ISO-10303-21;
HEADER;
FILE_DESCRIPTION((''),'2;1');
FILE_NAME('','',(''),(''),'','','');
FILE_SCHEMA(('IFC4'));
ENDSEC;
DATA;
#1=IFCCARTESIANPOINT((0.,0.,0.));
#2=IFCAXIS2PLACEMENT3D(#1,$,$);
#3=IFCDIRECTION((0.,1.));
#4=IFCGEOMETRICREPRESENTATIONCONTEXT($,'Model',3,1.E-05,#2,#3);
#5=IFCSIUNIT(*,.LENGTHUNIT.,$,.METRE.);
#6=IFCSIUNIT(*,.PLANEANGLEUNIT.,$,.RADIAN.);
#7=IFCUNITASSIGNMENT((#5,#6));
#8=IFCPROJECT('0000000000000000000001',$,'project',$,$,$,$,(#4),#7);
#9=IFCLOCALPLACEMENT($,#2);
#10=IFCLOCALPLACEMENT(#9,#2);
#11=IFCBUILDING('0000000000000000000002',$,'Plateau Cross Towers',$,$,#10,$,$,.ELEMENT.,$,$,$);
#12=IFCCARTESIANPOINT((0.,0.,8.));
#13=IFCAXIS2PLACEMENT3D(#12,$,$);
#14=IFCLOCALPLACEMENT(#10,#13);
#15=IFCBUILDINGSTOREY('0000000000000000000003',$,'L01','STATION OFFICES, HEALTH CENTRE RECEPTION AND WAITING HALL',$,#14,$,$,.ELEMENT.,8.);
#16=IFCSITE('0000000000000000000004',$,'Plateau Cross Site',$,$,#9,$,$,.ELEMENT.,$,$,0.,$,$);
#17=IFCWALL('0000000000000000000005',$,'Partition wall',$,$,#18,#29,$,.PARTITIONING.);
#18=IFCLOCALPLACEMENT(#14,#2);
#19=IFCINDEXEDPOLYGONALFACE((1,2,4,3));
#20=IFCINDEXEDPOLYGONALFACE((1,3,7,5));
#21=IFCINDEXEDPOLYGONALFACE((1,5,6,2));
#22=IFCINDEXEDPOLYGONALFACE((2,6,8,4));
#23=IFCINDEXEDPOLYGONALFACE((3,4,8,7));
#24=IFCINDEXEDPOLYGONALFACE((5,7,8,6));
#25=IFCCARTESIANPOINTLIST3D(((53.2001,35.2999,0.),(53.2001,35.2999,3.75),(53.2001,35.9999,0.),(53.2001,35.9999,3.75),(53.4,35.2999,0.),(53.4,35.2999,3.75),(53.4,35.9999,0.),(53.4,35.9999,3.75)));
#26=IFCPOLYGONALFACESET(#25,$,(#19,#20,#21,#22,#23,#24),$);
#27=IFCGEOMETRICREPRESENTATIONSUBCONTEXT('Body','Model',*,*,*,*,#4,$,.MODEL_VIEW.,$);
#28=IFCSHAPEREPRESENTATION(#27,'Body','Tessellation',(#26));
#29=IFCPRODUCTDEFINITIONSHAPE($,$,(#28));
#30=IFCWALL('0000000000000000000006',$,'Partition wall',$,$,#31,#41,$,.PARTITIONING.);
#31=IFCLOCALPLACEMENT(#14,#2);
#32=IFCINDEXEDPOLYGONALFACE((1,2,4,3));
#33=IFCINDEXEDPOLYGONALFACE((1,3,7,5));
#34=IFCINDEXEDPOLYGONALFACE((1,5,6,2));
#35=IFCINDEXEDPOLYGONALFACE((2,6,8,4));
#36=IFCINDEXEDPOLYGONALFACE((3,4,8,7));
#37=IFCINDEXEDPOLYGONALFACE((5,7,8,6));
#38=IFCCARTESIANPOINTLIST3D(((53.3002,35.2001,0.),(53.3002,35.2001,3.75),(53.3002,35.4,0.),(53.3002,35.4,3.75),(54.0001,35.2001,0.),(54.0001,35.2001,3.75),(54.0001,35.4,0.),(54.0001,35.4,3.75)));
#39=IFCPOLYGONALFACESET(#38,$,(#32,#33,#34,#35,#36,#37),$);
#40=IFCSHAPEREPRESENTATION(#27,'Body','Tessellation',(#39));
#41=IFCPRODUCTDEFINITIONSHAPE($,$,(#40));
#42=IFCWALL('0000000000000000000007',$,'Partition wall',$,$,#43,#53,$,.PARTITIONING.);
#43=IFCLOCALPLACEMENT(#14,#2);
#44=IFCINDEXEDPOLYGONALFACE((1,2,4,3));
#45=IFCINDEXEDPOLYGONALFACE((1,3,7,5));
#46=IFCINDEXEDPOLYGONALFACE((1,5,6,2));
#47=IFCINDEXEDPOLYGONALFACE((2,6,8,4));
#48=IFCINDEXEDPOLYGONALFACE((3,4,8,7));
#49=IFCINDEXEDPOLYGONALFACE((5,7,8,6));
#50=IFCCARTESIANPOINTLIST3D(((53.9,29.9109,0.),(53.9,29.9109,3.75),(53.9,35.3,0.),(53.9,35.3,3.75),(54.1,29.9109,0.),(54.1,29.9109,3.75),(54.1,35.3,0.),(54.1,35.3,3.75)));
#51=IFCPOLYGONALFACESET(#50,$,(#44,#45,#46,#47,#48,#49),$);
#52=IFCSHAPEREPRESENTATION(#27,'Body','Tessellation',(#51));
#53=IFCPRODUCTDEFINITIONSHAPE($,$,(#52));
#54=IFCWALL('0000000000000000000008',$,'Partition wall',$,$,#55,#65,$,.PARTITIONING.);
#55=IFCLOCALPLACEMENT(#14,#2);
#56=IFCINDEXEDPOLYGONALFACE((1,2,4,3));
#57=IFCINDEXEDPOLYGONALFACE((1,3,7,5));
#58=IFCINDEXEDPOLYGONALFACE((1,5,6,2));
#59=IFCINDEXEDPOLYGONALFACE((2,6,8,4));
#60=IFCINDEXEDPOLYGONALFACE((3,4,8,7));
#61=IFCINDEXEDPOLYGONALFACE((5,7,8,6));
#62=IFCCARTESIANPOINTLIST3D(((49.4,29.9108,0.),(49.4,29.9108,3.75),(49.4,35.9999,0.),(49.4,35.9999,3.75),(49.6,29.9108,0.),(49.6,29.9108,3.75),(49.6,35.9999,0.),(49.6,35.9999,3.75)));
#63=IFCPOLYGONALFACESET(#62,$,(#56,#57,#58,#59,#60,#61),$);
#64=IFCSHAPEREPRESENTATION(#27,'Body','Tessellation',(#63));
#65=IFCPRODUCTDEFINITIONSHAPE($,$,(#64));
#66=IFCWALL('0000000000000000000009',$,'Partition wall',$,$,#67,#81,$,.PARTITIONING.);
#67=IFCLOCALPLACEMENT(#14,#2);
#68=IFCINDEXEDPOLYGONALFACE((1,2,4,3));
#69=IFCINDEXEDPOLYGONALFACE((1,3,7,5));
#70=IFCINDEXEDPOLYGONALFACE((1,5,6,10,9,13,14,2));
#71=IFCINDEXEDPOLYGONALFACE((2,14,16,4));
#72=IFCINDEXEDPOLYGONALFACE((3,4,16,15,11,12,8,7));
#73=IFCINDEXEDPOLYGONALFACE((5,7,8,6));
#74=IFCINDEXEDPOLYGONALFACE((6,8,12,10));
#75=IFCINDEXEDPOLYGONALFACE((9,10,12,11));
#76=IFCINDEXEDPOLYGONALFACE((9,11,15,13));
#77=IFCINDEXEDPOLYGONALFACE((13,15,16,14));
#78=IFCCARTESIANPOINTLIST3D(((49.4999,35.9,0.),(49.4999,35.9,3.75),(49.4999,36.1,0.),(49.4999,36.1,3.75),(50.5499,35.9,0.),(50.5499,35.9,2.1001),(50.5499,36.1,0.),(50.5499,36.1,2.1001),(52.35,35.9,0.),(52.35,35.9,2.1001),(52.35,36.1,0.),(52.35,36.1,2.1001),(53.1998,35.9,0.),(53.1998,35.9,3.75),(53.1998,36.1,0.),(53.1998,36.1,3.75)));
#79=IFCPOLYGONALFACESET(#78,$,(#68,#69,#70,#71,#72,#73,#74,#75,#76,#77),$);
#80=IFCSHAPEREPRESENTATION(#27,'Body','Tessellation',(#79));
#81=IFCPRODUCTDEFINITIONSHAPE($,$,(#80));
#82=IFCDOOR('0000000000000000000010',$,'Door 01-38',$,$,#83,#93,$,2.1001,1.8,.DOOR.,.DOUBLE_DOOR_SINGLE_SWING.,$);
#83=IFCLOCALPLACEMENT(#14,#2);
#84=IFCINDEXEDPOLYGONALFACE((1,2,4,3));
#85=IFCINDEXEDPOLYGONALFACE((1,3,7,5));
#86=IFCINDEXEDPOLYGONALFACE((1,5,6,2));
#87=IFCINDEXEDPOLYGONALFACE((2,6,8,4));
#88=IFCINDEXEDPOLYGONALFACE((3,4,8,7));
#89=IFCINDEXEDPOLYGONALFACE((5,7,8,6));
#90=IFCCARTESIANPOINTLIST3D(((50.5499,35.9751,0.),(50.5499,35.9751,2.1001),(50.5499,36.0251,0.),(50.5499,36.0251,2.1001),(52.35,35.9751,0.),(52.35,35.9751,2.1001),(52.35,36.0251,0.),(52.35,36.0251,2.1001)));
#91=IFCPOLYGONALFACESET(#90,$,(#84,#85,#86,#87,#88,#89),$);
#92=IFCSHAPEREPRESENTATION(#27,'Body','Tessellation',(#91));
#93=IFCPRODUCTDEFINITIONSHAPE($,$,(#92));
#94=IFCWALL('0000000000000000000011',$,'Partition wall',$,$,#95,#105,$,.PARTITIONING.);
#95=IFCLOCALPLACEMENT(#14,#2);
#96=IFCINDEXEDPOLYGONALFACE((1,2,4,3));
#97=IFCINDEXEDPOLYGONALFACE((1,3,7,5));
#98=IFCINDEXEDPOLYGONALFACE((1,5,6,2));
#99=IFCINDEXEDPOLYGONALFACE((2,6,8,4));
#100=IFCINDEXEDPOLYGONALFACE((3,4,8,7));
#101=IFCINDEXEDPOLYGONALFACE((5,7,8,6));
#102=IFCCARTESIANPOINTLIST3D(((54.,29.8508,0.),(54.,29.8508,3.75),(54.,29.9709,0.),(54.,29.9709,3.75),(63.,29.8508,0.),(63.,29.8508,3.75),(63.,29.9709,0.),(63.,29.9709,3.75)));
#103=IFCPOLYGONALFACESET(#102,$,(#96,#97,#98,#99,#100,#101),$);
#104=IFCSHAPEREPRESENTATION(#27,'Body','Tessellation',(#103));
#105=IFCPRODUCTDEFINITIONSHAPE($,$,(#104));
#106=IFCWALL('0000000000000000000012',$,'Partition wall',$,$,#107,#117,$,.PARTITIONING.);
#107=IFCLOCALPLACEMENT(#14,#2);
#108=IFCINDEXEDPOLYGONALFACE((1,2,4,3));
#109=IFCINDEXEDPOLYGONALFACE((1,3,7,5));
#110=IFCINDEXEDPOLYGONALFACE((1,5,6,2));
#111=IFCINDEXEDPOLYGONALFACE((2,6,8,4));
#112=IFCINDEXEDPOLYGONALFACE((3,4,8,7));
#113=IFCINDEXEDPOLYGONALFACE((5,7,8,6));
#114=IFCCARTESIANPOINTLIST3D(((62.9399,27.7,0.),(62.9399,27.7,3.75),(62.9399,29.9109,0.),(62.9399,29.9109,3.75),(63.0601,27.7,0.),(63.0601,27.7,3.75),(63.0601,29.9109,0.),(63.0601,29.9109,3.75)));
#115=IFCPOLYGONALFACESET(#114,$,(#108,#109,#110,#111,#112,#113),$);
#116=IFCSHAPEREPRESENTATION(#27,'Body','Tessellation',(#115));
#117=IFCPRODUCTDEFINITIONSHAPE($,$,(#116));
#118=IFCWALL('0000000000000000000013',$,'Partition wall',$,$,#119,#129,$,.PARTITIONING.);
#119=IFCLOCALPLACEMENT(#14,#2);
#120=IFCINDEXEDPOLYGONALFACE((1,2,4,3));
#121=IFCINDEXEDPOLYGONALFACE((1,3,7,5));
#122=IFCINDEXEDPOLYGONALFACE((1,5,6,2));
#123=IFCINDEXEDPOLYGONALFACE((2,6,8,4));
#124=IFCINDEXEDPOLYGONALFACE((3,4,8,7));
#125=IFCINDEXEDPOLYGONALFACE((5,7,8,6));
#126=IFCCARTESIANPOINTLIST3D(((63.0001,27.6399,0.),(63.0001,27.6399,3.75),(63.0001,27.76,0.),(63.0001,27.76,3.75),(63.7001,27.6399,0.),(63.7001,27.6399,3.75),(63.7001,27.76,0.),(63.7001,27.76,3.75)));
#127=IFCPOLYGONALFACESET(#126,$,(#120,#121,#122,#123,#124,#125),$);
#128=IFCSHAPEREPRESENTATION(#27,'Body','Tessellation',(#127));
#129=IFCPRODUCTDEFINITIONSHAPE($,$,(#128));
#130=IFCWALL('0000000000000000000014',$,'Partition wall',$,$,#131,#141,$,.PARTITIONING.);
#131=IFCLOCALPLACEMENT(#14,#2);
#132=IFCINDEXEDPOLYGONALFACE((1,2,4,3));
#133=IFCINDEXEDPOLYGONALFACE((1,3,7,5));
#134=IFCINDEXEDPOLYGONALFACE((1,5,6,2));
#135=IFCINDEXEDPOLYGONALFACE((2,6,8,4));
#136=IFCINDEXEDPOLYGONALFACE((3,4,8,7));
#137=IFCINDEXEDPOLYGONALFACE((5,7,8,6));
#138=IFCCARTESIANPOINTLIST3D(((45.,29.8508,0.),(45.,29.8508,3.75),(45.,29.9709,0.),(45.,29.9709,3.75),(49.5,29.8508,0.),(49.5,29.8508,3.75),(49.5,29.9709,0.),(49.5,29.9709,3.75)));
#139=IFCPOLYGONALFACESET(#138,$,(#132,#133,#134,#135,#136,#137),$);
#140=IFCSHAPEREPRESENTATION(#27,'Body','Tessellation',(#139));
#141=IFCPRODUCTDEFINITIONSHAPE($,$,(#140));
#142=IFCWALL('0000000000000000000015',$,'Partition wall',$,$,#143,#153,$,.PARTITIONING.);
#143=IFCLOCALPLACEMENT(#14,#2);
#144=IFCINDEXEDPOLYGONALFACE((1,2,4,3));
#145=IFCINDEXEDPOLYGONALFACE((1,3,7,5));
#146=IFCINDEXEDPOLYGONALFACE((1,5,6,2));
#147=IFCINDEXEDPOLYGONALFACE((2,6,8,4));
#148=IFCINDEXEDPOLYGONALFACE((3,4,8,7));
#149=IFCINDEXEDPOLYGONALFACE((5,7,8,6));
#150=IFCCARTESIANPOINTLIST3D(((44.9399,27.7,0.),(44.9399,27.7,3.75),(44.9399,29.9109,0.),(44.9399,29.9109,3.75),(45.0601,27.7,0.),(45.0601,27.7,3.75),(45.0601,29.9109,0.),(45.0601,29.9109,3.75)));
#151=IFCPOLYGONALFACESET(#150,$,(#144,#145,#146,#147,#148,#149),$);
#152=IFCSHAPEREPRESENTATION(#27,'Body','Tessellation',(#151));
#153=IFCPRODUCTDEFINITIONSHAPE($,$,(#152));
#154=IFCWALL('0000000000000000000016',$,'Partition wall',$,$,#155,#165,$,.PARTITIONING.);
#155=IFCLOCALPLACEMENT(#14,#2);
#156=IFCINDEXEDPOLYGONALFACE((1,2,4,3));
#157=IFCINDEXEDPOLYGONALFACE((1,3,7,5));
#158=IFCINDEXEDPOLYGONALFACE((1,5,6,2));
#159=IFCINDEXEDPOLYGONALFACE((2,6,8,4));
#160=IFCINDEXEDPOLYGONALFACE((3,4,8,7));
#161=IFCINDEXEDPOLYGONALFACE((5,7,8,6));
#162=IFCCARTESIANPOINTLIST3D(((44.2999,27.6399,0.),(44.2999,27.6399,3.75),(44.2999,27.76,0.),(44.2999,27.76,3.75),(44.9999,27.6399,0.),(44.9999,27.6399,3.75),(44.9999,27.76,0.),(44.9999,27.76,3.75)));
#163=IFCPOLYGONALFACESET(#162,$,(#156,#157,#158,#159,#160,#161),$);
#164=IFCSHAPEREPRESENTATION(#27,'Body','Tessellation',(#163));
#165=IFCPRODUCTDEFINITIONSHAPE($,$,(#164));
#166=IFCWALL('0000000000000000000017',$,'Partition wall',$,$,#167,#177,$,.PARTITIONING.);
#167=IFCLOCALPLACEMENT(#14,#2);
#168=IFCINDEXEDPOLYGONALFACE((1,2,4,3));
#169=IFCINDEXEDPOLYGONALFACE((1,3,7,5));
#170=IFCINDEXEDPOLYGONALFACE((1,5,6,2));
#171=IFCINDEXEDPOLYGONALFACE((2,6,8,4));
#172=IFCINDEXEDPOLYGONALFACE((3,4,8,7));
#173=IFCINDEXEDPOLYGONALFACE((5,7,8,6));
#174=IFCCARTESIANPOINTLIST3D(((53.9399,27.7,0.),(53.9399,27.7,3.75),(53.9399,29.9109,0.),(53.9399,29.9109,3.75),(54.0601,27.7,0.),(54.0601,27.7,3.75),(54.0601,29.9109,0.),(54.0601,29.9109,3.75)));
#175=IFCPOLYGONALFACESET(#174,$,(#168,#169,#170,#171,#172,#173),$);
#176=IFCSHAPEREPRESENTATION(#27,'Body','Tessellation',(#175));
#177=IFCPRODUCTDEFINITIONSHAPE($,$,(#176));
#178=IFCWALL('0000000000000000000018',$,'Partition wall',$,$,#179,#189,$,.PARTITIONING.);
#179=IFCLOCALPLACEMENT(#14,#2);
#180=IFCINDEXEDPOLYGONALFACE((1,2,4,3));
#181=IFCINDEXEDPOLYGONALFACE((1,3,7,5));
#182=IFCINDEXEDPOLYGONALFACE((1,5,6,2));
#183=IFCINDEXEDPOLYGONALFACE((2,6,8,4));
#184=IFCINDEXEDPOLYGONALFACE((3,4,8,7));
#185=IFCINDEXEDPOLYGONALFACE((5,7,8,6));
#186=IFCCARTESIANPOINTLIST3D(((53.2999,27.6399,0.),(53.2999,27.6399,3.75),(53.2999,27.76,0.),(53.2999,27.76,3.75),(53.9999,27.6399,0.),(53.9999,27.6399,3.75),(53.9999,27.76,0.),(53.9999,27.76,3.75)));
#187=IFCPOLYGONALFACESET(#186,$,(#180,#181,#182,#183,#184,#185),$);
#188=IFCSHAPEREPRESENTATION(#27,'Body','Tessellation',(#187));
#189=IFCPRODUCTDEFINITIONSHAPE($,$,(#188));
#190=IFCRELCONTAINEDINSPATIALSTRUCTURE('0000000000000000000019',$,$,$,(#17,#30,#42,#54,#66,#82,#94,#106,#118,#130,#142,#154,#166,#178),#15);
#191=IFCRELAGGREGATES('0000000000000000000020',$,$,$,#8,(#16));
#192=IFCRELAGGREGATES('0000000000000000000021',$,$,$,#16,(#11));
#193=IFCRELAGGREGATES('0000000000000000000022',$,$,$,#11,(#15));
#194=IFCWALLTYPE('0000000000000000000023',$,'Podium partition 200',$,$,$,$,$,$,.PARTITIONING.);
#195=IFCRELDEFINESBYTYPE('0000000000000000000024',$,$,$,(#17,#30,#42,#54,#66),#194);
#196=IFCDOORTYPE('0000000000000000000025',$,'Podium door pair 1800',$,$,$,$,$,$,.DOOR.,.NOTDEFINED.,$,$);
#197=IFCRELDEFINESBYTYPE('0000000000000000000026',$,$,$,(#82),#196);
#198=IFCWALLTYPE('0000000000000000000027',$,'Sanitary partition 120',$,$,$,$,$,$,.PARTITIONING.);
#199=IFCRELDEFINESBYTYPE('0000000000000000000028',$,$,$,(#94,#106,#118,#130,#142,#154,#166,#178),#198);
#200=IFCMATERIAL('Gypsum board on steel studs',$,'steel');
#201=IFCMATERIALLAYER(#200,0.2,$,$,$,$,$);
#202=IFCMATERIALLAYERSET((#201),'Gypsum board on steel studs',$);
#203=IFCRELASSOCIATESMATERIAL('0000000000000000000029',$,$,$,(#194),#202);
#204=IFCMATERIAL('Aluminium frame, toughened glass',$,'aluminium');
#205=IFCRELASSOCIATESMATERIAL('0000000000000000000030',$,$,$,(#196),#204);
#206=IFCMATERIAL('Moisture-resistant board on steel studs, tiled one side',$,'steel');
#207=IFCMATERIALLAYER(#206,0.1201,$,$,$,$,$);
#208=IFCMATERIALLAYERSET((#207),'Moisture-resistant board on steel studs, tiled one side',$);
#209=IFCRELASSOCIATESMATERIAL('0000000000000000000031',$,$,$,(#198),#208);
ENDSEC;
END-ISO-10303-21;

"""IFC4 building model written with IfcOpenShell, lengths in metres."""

from ifc_helpers import new_model, si_unit, direction, frame, frame_2d, origin, place, context, subcontext, project, spatial, rectangle, extrude, material, layer, layer_set, type_object, element, fill, save


model = new_model("IFC4")

# Units and contexts
model_context = context("Model", 3, precision=1e-05, world=origin(), true_north=direction((0.0, 1.0)))
body_context = subcontext(model_context, "Body", "Model", "MODEL_VIEW")
ifc_project = project(units=[si_unit("LENGTHUNIT", "METRE"), si_unit("PLANEANGLEUNIT", "RADIAN")], contexts=[model_context])

# Site, building, storey
site_placement = place(None, origin())
site = spatial("IfcSite", under=ifc_project, at=site_placement, Name="Plateau Cross Site", CompositionType="ELEMENT", RefElevation=0.0)
building_placement = place(site_placement, origin())
building = spatial("IfcBuilding", under=site, at=building_placement, Name="Plateau Cross Towers", CompositionType="ELEMENT")
storey_placement = place(building_placement, frame((0.0, 0.0, 8.0)))
storey = spatial("IfcBuildingStorey", under=building, at=storey_placement, Name="L01", Description="STATION OFFICES, HEALTH CENTRE RECEPTION AND WAITING HALL", CompositionType="ELEMENT", Elevation=8.0)

# Walls
ifc_material_1 = material(Name="Gypsum board on steel studs", Category="steel")
ifc_layer_1 = layer(ifc_material_1, 0.2)
ifc_layer_set_1 = layer_set([ifc_layer_1], Name="Gypsum board on steel studs")
wall_type_1 = type_object("IfcWallType", Name="Podium partition 200", PredefinedType="PARTITIONING", material=ifc_layer_set_1)
for number, where, z_axis, x_axis, name in (
    (1, (53.3, 36.0, 0.0), (0.0, 0.0, 1.0), (0.0, -1.0, 0.0), "Partition wall"),
    (2, (53.3, 35.3, 0.0), (0.0, 0.0, 1.0), (1.0, 0.0, 0.0), "Partition wall"),
):
    element("IfcWall", number, at=place(storey_placement, frame(where, z_axis=z_axis, x_axis=x_axis)), inside=storey, type_object=wall_type_1, Name=name, PredefinedType="PARTITIONING", context=body_context, shape_type="SweptSolid", body=[
        extrude(rectangle(XDim=0.7, YDim=0.2, at=frame_2d((0.3501, 0.0))), origin(), (0.0, 0.0, 1.0), 3.75),
    ])
wall_1_placement = place(storey_placement, frame((54.0, 35.3, 0.0), z_axis=(0.0, 0.0, 1.0), x_axis=(0.0, -1.0, 0.0)))
element("IfcWall", 3, at=wall_1_placement, inside=storey, type_object=wall_type_1, Name="Partition wall", PredefinedType="PARTITIONING", context=body_context, shape_type="SweptSolid", body=[
    extrude(rectangle(XDim=5.3892, YDim=0.2, at=frame_2d((2.6946, 0.0))), origin(), (0.0, 0.0, 1.0), 3.75),
])
wall_2_placement = place(storey_placement, frame((49.5, 29.9109, 0.0), z_axis=(0.0, 0.0, 1.0), x_axis=(0.0, 1.0, 0.0)))
element("IfcWall", 4, at=wall_2_placement, inside=storey, type_object=wall_type_1, Name="Partition wall", PredefinedType="PARTITIONING", context=body_context, shape_type="SweptSolid", body=[
    extrude(rectangle(XDim=6.0891, YDim=0.2, at=frame_2d((3.0444, 0.0))), origin(), (0.0, 0.0, 1.0), 3.75),
])

# Wall, opening, door
wall_3_placement = place(storey_placement, frame((53.2, 36.0, 0.0), z_axis=(0.0, 0.0, 1.0), x_axis=(-1.0, 0.0, 0.0)))
wall_3 = element("IfcWall", 5, at=wall_3_placement, inside=storey, type_object=wall_type_1, Name="Partition wall", PredefinedType="PARTITIONING", context=body_context, shape_type="SweptSolid", body=[
    extrude(rectangle(XDim=3.7, YDim=0.2, at=frame_2d((1.8501, 0.0))), origin(), (0.0, 0.0, 1.0), 3.75),
])
opening_placement = place(wall_3_placement, frame((0.8501, 0.0, 0.0)))
opening = element("IfcOpeningElement", 6, at=opening_placement, cuts=wall_3, PredefinedType="OPENING", context=body_context, shape_type="SweptSolid", body=[
    extrude(rectangle(XDim=1.8, YDim=2.1001, at=frame_2d((0.8999, 1.05))), frame((0.0, 0.1099, 0.0), z_axis=(0.0, -1.0, 0.0), x_axis=(1.0, 0.0, 0.0)), (0.0, 0.0, 1.0), 0.22),
])
ifc_material_2 = material(Name="Aluminium frame, toughened glass", Category="aluminium")
door_type = type_object("IfcDoorType", Name="Podium door pair 1800", OperationType="NOTDEFINED", PredefinedType="DOOR", material=ifc_material_2)
door_placement = place(opening_placement, origin())
door = element("IfcDoor", 7, at=door_placement, inside=storey, type_object=door_type, Name="Door 01-38", OperationType="DOUBLE_DOOR_SINGLE_SWING", OverallHeight=2.1001, OverallWidth=1.8, PredefinedType="DOOR", context=body_context, shape_type="SweptSolid", body=[
    extrude(rectangle(XDim=1.8, YDim=2.1001, at=frame_2d((0.8999, 1.05))), frame((0.0, 0.0249, 0.0), z_axis=(0.0, -1.0, 0.0), x_axis=(1.0, 0.0, 0.0)), (0.0, 0.0, 1.0), 0.05),
])
fill(opening, door)

# Walls
ifc_material_3 = material(Name="Moisture-resistant board on steel studs, tiled one side", Category="steel")
ifc_layer_2 = layer(ifc_material_3, 0.1201)
ifc_layer_set_2 = layer_set([ifc_layer_2], Name="Moisture-resistant board on steel studs, tiled one side")
wall_type_2 = type_object("IfcWallType", Name="Sanitary partition 120", PredefinedType="PARTITIONING", material=ifc_layer_set_2)
wall_4_placement = place(storey_placement, frame((54.0, 29.9109, 0.0), z_axis=(0.0, 0.0, 1.0), x_axis=(1.0, 0.0, 0.0)))
element("IfcWall", 8, at=wall_4_placement, inside=storey, type_object=wall_type_2, Name="Partition wall", PredefinedType="PARTITIONING", context=body_context, shape_type="SweptSolid", body=[
    extrude(rectangle(XDim=9.0, YDim=0.1201, at=frame_2d((4.5, 0.0))), origin(), (0.0, 0.0, 1.0), 3.75),
])
wall_5_placement = place(storey_placement, frame((63.0, 29.9109, 0.0), z_axis=(0.0, 0.0, 1.0), x_axis=(0.0, -1.0, 0.0)))
element("IfcWall", 9, at=wall_5_placement, inside=storey, type_object=wall_type_2, Name="Partition wall", PredefinedType="PARTITIONING", context=body_context, shape_type="SweptSolid", body=[
    extrude(rectangle(XDim=2.2109, YDim=0.1201, at=frame_2d((1.1055, 0.0))), origin(), (0.0, 0.0, 1.0), 3.75),
])
wall_6_placement = place(storey_placement, frame((63.0, 27.7, 0.0), z_axis=(0.0, 0.0, 1.0), x_axis=(1.0, 0.0, 0.0)))
element("IfcWall", 10, at=wall_6_placement, inside=storey, type_object=wall_type_2, Name="Partition wall", PredefinedType="PARTITIONING", context=body_context, shape_type="SweptSolid", body=[
    extrude(rectangle(XDim=0.7, YDim=0.1201, at=frame_2d((0.3501, 0.0))), origin(), (0.0, 0.0, 1.0), 3.75),
])
wall_7_placement = place(storey_placement, frame((49.5, 29.9109, 0.0), z_axis=(0.0, 0.0, 1.0), x_axis=(-1.0, 0.0, 0.0)))
element("IfcWall", 11, at=wall_7_placement, inside=storey, type_object=wall_type_2, Name="Partition wall", PredefinedType="PARTITIONING", context=body_context, shape_type="SweptSolid", body=[
    extrude(rectangle(XDim=4.5, YDim=0.1201, at=frame_2d((2.25, 0.0))), origin(), (0.0, 0.0, 1.0), 3.75),
])
wall_8_placement = place(storey_placement, frame((45.0, 29.9109, 0.0), z_axis=(0.0, 0.0, 1.0), x_axis=(0.0, -1.0, 0.0)))
element("IfcWall", 12, at=wall_8_placement, inside=storey, type_object=wall_type_2, Name="Partition wall", PredefinedType="PARTITIONING", context=body_context, shape_type="SweptSolid", body=[
    extrude(rectangle(XDim=2.2109, YDim=0.1201, at=frame_2d((1.1055, 0.0))), origin(), (0.0, 0.0, 1.0), 3.75),
])
wall_9_placement = place(storey_placement, frame((45.0, 27.7, 0.0), z_axis=(0.0, 0.0, 1.0), x_axis=(-1.0, 0.0, 0.0)))
element("IfcWall", 13, at=wall_9_placement, inside=storey, type_object=wall_type_2, Name="Partition wall", PredefinedType="PARTITIONING", context=body_context, shape_type="SweptSolid", body=[
    extrude(rectangle(XDim=0.7, YDim=0.1201, at=frame_2d((0.3501, 0.0))), origin(), (0.0, 0.0, 1.0), 3.75),
])
wall_10_placement = place(storey_placement, frame((54.0, 29.9109, 0.0), z_axis=(0.0, 0.0, 1.0), x_axis=(0.0, -1.0, 0.0)))
element("IfcWall", 14, at=wall_10_placement, inside=storey, type_object=wall_type_2, Name="Partition wall", PredefinedType="PARTITIONING", context=body_context, shape_type="SweptSolid", body=[
    extrude(rectangle(XDim=2.2109, YDim=0.1201, at=frame_2d((1.1055, 0.0))), origin(), (0.0, 0.0, 1.0), 3.75),
])
for number, where, z_axis, x_axis, name in (
    (15, (54.0, 27.7, 0.0), (0.0, 0.0, 1.0), (-1.0, 0.0, 0.0), "Partition wall"),
):
    element("IfcWall", number, at=place(storey_placement, frame(where, z_axis=z_axis, x_axis=x_axis)), inside=storey, type_object=wall_type_2, Name=name, PredefinedType="PARTITIONING", context=body_context, shape_type="SweptSolid", body=[
        extrude(rectangle(XDim=0.7, YDim=0.1201, at=frame_2d((0.3501, 0.0))), origin(), (0.0, 0.0, 1.0), 3.75),
    ])

save(model, "model.ifc")
